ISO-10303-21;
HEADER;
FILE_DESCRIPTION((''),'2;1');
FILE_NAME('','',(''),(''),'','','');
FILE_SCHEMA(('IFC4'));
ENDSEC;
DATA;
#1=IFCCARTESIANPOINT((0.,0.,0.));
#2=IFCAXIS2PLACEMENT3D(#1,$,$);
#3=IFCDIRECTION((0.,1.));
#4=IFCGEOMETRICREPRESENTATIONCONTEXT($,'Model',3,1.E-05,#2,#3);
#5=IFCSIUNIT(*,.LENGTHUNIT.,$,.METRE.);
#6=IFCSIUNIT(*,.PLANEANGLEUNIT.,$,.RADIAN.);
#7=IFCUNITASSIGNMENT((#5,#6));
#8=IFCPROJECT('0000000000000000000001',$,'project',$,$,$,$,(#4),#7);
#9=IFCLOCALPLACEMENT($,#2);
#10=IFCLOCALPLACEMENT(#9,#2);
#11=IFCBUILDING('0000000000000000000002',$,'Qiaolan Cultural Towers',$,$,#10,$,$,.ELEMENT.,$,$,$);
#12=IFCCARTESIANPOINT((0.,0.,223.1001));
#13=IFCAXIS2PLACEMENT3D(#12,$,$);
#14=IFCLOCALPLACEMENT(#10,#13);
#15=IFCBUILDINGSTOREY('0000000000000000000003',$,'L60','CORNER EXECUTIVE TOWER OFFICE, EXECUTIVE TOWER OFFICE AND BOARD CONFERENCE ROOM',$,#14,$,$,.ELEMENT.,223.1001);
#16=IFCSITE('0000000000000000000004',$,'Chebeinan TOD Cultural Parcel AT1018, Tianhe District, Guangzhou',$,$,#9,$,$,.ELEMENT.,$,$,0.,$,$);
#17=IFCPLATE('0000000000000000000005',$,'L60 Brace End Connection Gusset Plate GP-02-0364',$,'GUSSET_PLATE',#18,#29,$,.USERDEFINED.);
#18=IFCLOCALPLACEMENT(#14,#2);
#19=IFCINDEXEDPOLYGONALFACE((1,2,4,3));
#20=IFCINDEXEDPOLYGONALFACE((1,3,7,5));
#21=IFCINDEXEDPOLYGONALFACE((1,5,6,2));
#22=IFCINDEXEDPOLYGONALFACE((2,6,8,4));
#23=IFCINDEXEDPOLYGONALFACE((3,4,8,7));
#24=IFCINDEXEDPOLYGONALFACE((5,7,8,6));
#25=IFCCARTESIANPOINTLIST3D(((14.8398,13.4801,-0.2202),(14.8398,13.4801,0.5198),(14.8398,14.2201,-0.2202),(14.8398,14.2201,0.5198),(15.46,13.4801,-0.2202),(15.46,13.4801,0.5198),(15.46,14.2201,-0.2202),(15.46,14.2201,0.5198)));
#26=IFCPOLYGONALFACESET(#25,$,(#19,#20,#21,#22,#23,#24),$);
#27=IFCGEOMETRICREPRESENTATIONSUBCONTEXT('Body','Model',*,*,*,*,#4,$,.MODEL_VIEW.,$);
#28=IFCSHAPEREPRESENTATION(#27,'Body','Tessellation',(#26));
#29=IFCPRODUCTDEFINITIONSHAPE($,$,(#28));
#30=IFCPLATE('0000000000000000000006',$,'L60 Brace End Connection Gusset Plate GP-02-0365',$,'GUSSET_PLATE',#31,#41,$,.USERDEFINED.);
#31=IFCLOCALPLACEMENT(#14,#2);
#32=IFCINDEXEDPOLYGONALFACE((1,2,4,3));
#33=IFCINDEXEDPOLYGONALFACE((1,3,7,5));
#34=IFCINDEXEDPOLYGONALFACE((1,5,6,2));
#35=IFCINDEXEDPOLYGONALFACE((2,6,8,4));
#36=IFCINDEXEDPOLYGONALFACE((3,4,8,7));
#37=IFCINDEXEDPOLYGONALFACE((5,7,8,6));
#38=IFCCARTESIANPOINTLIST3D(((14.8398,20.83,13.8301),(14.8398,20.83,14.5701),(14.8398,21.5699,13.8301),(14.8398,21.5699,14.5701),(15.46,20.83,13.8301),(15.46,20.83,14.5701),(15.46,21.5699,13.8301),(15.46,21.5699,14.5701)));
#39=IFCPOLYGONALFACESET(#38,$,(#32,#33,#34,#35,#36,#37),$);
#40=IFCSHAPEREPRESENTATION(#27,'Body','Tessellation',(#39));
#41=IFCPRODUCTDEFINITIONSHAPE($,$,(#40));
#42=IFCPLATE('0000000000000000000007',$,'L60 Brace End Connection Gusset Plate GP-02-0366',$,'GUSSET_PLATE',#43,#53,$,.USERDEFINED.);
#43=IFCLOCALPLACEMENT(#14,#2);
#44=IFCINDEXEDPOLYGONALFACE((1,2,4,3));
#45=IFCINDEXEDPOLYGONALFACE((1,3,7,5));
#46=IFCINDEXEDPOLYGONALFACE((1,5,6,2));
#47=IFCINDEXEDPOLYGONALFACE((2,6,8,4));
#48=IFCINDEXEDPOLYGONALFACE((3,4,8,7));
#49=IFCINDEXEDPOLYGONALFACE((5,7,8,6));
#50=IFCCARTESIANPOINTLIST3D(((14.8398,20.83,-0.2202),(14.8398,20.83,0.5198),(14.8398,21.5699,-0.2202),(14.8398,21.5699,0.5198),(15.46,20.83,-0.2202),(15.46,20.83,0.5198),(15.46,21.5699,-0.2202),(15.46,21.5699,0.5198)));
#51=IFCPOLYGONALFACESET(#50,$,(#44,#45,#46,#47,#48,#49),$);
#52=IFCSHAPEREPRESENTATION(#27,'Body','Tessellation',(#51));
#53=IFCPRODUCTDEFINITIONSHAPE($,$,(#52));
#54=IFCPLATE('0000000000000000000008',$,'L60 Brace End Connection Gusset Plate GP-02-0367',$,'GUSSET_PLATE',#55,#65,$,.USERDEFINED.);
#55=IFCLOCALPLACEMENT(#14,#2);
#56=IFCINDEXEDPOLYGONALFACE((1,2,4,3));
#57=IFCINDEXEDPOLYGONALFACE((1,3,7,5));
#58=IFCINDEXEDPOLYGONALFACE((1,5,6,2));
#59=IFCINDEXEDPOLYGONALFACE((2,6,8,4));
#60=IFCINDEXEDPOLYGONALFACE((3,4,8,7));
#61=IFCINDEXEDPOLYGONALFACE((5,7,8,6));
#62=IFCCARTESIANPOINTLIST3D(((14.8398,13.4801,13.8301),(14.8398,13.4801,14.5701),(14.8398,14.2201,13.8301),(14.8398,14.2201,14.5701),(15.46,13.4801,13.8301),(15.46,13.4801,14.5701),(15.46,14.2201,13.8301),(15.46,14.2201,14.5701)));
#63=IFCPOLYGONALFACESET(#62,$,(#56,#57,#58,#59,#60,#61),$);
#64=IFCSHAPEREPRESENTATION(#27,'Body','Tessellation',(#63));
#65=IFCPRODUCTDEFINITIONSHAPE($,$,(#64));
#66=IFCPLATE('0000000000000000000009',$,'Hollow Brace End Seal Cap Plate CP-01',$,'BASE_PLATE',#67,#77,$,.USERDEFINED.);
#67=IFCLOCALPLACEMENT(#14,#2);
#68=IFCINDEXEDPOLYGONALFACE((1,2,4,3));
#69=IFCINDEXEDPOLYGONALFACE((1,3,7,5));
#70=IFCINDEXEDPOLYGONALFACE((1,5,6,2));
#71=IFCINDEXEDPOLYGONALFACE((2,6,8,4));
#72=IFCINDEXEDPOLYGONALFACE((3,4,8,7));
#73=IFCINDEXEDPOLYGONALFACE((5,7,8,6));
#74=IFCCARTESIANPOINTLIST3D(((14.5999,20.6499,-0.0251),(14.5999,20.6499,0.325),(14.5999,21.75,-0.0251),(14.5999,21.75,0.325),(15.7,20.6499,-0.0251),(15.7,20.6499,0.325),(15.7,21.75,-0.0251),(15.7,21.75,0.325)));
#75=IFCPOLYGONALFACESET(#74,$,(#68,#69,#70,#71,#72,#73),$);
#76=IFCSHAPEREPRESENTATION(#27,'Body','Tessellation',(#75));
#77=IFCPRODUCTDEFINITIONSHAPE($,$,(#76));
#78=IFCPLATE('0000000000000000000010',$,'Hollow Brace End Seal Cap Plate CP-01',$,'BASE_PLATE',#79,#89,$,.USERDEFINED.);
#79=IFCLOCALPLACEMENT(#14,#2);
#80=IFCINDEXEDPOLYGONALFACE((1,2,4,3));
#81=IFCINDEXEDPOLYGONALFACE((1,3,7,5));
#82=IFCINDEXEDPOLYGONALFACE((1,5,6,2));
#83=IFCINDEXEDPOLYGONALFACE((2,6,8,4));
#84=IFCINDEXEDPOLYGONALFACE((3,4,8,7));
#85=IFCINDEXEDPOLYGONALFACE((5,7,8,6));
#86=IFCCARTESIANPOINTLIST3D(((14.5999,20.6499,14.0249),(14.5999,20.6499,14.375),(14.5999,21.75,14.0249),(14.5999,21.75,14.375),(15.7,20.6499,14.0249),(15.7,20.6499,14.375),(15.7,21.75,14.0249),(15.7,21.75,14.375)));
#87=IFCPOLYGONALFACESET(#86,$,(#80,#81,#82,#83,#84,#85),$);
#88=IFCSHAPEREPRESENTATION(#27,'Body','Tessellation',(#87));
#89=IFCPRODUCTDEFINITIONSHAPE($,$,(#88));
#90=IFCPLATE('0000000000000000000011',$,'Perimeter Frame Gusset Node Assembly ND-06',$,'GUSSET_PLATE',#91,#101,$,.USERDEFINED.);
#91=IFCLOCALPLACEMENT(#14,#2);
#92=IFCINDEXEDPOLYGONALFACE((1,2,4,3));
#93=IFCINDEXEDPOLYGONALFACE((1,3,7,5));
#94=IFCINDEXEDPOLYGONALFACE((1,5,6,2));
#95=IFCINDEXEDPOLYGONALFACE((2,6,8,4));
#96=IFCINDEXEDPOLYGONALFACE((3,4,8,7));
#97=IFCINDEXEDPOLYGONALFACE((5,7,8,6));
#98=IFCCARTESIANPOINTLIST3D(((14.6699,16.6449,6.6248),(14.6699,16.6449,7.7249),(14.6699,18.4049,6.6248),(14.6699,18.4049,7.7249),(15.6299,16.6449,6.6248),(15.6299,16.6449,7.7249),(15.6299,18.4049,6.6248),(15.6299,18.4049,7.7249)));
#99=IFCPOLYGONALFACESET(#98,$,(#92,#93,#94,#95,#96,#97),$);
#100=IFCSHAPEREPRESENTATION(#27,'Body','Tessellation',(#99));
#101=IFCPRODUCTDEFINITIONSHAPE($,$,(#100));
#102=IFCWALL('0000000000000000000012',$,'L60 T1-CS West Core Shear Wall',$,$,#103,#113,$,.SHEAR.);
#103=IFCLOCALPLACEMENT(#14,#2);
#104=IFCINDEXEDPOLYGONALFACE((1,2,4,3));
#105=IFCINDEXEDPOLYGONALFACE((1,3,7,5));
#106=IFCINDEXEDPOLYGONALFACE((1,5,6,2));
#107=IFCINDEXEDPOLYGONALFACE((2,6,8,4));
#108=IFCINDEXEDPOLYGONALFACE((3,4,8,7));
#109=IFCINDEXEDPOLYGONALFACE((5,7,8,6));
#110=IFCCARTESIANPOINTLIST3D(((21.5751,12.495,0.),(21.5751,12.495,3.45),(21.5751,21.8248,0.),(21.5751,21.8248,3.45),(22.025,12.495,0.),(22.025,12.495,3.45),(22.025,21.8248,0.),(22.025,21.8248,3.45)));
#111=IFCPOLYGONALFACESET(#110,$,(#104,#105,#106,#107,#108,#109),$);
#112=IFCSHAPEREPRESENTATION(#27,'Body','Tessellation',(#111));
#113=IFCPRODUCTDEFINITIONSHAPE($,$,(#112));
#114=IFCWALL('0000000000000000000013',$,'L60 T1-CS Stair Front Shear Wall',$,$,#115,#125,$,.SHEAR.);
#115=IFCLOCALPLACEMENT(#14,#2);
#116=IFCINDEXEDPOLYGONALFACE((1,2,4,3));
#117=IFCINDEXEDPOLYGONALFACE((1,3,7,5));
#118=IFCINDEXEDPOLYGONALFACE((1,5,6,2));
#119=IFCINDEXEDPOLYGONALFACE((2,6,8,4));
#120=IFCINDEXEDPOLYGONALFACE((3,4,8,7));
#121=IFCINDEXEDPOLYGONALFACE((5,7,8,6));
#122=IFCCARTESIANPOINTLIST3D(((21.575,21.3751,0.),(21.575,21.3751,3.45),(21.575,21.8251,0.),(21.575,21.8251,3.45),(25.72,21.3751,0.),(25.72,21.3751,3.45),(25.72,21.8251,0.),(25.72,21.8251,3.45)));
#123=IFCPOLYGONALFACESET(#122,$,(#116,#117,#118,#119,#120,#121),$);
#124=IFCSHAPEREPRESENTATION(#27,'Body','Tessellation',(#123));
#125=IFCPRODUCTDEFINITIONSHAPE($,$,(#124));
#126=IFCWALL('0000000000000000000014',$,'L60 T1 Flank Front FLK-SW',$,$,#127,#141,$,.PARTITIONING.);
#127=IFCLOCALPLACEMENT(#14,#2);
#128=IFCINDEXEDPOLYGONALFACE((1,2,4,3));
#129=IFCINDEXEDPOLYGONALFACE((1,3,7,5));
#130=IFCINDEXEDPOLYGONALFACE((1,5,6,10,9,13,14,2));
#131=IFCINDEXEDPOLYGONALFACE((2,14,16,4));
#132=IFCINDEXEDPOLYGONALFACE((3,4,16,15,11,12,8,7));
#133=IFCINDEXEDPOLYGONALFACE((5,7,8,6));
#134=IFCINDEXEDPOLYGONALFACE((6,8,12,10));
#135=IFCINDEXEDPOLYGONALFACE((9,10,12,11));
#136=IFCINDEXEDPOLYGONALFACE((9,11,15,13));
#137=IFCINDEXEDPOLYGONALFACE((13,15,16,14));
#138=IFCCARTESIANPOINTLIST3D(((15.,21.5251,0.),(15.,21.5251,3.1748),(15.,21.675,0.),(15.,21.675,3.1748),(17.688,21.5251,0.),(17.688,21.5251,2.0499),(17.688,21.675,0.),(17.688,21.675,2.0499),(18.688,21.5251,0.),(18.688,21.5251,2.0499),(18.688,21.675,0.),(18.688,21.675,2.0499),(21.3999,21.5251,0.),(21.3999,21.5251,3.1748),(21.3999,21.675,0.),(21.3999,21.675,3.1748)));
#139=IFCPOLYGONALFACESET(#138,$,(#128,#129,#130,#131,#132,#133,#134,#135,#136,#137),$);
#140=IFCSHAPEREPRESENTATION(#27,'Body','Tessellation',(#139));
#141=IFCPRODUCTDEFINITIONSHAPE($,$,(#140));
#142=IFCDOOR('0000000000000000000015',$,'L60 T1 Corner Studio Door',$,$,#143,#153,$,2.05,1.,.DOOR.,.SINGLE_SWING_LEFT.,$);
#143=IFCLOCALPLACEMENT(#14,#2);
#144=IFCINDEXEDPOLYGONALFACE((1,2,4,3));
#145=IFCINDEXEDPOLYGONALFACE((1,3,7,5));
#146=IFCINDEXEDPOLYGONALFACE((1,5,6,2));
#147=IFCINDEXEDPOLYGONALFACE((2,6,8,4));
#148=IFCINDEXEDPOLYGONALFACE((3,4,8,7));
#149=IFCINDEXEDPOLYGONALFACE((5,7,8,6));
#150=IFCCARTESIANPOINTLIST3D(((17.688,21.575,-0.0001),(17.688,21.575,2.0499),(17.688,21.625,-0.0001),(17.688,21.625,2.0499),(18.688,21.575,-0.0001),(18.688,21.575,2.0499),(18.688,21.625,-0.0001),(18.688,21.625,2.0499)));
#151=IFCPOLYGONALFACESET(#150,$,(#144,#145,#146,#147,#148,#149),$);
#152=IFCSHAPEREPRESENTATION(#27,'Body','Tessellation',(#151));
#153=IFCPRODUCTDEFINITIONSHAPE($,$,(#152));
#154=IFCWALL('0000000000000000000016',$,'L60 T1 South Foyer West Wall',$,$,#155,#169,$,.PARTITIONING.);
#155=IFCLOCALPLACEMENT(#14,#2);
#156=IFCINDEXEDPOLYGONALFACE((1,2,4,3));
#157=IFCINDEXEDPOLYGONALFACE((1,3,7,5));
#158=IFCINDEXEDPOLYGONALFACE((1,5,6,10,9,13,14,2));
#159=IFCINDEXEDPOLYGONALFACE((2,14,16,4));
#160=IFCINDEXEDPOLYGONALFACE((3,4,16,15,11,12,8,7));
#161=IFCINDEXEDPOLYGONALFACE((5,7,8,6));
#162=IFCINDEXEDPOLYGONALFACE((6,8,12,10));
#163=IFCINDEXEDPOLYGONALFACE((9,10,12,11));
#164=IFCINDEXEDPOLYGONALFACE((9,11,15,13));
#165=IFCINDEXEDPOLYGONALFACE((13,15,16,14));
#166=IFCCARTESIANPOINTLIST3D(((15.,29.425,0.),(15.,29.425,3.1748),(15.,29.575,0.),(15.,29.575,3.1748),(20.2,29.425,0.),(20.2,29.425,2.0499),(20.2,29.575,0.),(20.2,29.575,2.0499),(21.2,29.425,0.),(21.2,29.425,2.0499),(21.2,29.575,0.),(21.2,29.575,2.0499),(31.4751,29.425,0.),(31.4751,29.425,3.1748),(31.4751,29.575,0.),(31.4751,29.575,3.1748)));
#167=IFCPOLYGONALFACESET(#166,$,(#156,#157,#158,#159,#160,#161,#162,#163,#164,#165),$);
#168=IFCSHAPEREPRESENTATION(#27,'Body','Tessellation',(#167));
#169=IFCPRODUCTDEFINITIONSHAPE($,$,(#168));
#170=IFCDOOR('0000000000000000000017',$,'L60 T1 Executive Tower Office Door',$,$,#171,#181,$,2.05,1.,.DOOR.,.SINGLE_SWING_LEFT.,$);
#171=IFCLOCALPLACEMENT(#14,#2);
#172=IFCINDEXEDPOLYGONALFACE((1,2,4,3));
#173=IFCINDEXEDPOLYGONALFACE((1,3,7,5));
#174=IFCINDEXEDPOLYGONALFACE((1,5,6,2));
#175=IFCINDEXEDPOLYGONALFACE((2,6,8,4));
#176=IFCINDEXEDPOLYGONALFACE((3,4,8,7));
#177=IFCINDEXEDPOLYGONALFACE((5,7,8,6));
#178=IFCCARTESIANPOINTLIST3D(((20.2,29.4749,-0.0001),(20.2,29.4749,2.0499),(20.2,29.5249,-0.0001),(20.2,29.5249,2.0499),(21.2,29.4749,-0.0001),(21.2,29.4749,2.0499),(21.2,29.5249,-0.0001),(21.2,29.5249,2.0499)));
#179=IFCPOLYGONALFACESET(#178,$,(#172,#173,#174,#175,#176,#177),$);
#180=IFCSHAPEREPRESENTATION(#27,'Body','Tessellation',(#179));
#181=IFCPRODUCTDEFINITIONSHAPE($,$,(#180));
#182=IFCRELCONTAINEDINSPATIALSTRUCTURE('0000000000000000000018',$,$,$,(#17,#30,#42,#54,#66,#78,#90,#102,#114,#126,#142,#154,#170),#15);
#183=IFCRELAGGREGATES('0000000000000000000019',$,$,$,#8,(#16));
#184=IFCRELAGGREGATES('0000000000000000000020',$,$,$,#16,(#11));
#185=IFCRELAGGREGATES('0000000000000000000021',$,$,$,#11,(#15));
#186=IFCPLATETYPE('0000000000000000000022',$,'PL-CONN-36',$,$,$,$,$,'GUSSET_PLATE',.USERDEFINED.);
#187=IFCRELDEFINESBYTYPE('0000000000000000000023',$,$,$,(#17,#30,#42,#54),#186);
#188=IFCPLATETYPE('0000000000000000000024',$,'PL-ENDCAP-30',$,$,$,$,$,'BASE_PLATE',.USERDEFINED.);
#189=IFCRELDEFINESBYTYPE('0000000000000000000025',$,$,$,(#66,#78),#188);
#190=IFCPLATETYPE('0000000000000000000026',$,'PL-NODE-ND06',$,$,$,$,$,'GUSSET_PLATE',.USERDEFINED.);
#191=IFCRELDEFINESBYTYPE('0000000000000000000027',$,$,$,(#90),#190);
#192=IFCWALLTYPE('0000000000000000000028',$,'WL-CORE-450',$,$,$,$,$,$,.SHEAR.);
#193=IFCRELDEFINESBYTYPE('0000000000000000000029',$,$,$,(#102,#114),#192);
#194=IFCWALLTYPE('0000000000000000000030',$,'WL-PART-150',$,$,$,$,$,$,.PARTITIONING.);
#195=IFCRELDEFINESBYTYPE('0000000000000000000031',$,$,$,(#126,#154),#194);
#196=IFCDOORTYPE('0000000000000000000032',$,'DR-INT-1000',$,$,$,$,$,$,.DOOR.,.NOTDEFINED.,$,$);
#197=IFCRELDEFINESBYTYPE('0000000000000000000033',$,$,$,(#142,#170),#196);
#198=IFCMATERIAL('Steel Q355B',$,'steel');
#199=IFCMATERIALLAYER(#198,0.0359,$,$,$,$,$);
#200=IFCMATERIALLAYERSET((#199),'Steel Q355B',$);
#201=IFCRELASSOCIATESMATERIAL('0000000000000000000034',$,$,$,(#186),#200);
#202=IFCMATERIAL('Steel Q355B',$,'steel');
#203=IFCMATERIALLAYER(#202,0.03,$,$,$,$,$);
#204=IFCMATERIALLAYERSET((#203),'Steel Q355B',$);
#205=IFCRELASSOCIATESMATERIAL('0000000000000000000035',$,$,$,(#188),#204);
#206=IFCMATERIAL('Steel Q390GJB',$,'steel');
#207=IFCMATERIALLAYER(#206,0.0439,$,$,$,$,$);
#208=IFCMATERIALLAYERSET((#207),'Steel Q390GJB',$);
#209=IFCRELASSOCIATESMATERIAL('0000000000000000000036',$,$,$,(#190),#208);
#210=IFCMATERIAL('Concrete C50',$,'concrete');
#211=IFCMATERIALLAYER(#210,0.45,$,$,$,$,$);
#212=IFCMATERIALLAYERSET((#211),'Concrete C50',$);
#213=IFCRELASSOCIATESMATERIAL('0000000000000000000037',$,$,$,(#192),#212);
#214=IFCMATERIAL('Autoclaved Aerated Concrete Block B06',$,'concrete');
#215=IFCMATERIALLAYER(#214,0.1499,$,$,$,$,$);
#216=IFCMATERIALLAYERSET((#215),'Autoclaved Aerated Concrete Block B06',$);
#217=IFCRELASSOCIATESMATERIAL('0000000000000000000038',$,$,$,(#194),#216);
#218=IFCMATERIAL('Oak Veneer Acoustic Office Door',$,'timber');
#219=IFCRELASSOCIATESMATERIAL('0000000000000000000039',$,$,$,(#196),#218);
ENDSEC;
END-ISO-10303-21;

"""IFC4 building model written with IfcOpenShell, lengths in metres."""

from ifc_helpers import new_model, si_unit, direction, frame, frame_2d, origin, origin_2d, place, context, subcontext, project, spatial, rectangle, extrude, material, layer, layer_set, type_object, element, fill, save


model = new_model("IFC4")

# Units and contexts
model_context = context("Model", 3, precision=1e-05, world=origin(), true_north=direction((0.0, 1.0)))
body_context = subcontext(model_context, "Body", "Model", "MODEL_VIEW")
ifc_project = project(units=[si_unit("LENGTHUNIT", "METRE"), si_unit("PLANEANGLEUNIT", "RADIAN")], contexts=[model_context])

# Site, building, storey
site_placement = place(None, origin())
site = spatial("IfcSite", under=ifc_project, at=site_placement, Name="Chebeinan TOD Cultural Parcel AT1018, Tianhe District, Guangzhou", CompositionType="ELEMENT", RefElevation=0.0)
building_placement = place(site_placement, origin())
building = spatial("IfcBuilding", under=site, at=building_placement, Name="Qiaolan Cultural Towers", CompositionType="ELEMENT")
storey_placement = place(building_placement, frame((0.0, 0.0, 223.1001)))
storey = spatial("IfcBuildingStorey", under=building, at=storey_placement, Name="L60", Description="CORNER EXECUTIVE TOWER OFFICE, EXECUTIVE TOWER OFFICE AND BOARD CONFERENCE ROOM", CompositionType="ELEMENT", Elevation=223.1001)

# Plates
ifc_material_1 = material(Name="Steel Q355B", Category="steel")
ifc_layer_1 = layer(ifc_material_1, 0.0359)
ifc_layer_set_1 = layer_set([ifc_layer_1], Name="Steel Q355B")
plate_type_1 = type_object("IfcPlateType", Name="PL-CONN-36", ElementType="GUSSET_PLATE", PredefinedType="USERDEFINED", material=ifc_layer_set_1)
for number, where, z_axis, x_axis, name in (
    (1, (15.1499, 13.8501, -0.2202), (0.0, 0.0, 1.0), (0.0, 1.0, 0.0), "L60 Brace End Connection Gusset Plate GP-02-0364"),
    (2, (15.1499, 21.2, 13.8301), (0.0, 0.0, 1.0), (0.0, 1.0, 0.0), "L60 Brace End Connection Gusset Plate GP-02-0365"),
    (3, (15.1499, 21.2, -0.2202), (0.0, 0.0, 1.0), (0.0, 1.0, 0.0), "L60 Brace End Connection Gusset Plate GP-02-0366"),
    (4, (15.1499, 13.8501, 13.8301), (0.0, 0.0, 1.0), (0.0, 1.0, 0.0), "L60 Brace End Connection Gusset Plate GP-02-0367"),
):
    element("IfcPlate", number, at=place(storey_placement, frame(where, z_axis=z_axis, x_axis=x_axis)), inside=storey, type_object=plate_type_1, Name=name, ObjectType="GUSSET_PLATE", PredefinedType="USERDEFINED", context=body_context, shape_type="SweptSolid", body=[
        extrude(rectangle(XDim=0.74, YDim=0.6201, at=origin_2d()), origin(), (0.0, 0.0, 1.0), 0.74),
    ])
ifc_material_2 = material(Name="Steel Q355B", Category="steel")
ifc_layer_2 = layer(ifc_material_2, 0.03)
ifc_layer_set_2 = layer_set([ifc_layer_2], Name="Steel Q355B")
plate_type_2 = type_object("IfcPlateType", Name="PL-ENDCAP-30", ElementType="BASE_PLATE", PredefinedType="USERDEFINED", material=ifc_layer_set_2)
for number, where, z_axis, x_axis, name in (
    (5, (15.1499, 21.2, -0.0251), (0.0, 0.0, 1.0), (0.0, 1.0, 0.0), "Hollow Brace End Seal Cap Plate CP-01"),
    (6, (15.1499, 21.2, 14.0249), (0.0, 0.0, 1.0), (0.0, 1.0, 0.0), "Hollow Brace End Seal Cap Plate CP-01"),
):
    element("IfcPlate", number, at=place(storey_placement, frame(where, z_axis=z_axis, x_axis=x_axis)), inside=storey, type_object=plate_type_2, Name=name, ObjectType="BASE_PLATE", PredefinedType="USERDEFINED", context=body_context, shape_type="SweptSolid", body=[
        extrude(rectangle(XDim=1.1001, YDim=1.1001, at=origin_2d()), origin(), (0.0, 0.0, 1.0), 0.3501),
    ])
ifc_material_3 = material(Name="Steel Q390GJB", Category="steel")
ifc_layer_3 = layer(ifc_material_3, 0.0439)
ifc_layer_set_3 = layer_set([ifc_layer_3], Name="Steel Q390GJB")
plate_type_3 = type_object("IfcPlateType", Name="PL-NODE-ND06", ElementType="GUSSET_PLATE", PredefinedType="USERDEFINED", material=ifc_layer_set_3)
plate_placement = place(storey_placement, frame((15.1499, 17.5249, 6.6248), z_axis=(0.0, 0.0, 1.0), x_axis=(0.0, 1.0, 0.0)))
element("IfcPlate", 7, at=plate_placement, inside=storey, type_object=plate_type_3, Name="Perimeter Frame Gusset Node Assembly ND-06", ObjectType="GUSSET_PLATE", PredefinedType="USERDEFINED", context=body_context, shape_type="SweptSolid", body=[
    extrude(rectangle(XDim=1.76, YDim=0.96, at=origin_2d()), origin(), (0.0, 0.0, 1.0), 1.1001),
])

# Walls
ifc_material_4 = material(Name="Concrete C50", Category="concrete")
ifc_layer_4 = layer(ifc_material_4, 0.45)
ifc_layer_set_4 = layer_set([ifc_layer_4], Name="Concrete C50")
wall_type_1 = type_object("IfcWallType", Name="WL-CORE-450", PredefinedType="SHEAR", material=ifc_layer_set_4)
wall_1_placement = place(storey_placement, frame((21.8, 21.825, 0.0), z_axis=(0.0, 0.0, 1.0), x_axis=(0.0, -1.0, 0.0)))
element("IfcWall", 8, at=wall_1_placement, inside=storey, type_object=wall_type_1, Name="L60 T1-CS West Core Shear Wall", PredefinedType="SHEAR", context=body_context, shape_type="SweptSolid", body=[
    extrude(rectangle(XDim=9.3298, YDim=0.45, at=frame_2d((4.665, 0.0))), origin(), (0.0, 0.0, 1.0), 3.45),
])
wall_2_placement = place(storey_placement, frame((21.575, 21.6001, 0.0), z_axis=(0.0, 0.0, 1.0), x_axis=(1.0, 0.0, 0.0)))
element("IfcWall", 9, at=wall_2_placement, inside=storey, type_object=wall_type_1, Name="L60 T1-CS Stair Front Shear Wall", PredefinedType="SHEAR", context=body_context, shape_type="SweptSolid", body=[
    extrude(rectangle(XDim=4.145, YDim=0.45, at=frame_2d((2.0725, 0.0))), origin(), (0.0, 0.0, 1.0), 3.45),
])

# Walls, openings, doors
ifc_material_5 = material(Name="Autoclaved Aerated Concrete Block B06", Category="concrete")
ifc_layer_5 = layer(ifc_material_5, 0.1499)
ifc_layer_set_5 = layer_set([ifc_layer_5], Name="Autoclaved Aerated Concrete Block B06")
wall_type_2 = type_object("IfcWallType", Name="WL-PART-150", PredefinedType="PARTITIONING", material=ifc_layer_set_5)
wall_3_placement = place(storey_placement, frame((15.0, 21.6001, 0.0), z_axis=(0.0, 0.0, 1.0), x_axis=(1.0, 0.0, 0.0)))
wall_3 = element("IfcWall", 10, at=wall_3_placement, inside=storey, type_object=wall_type_2, Name="L60 T1 Flank Front FLK-SW", PredefinedType="PARTITIONING", context=body_context, shape_type="SweptSolid", body=[
    extrude(rectangle(XDim=6.3999, YDim=0.1499, at=frame_2d((3.2, 0.0))), origin(), (0.0, 0.0, 1.0), 3.1748),
])
opening_1_placement = place(wall_3_placement, frame((2.688, 0.0, 0.0)))
opening_1 = element("IfcOpeningElement", 11, at=opening_1_placement, cuts=wall_3, PredefinedType="OPENING", context=body_context, shape_type="SweptSolid", body=[
    extrude(rectangle(XDim=1.0, YDim=2.05, at=frame_2d((0.5, 1.0249))), frame((0.0, 0.085, 0.0), z_axis=(0.0, -1.0, 0.0), x_axis=(1.0, 0.0, 0.0)), (0.0, 0.0, 1.0), 0.1699),
])
ifc_material_6 = material(Name="Oak Veneer Acoustic Office Door", Category="timber")
door_type = type_object("IfcDoorType", Name="DR-INT-1000", OperationType="NOTDEFINED", PredefinedType="DOOR", material=ifc_material_6)
door_1_placement = place(opening_1_placement, origin())
door_1 = element("IfcDoor", 12, at=door_1_placement, inside=storey, type_object=door_type, Name="L60 T1 Corner Studio Door", OperationType="SINGLE_SWING_LEFT", OverallHeight=2.05, OverallWidth=1.0, PredefinedType="DOOR", context=body_context, shape_type="SweptSolid", body=[
    extrude(rectangle(XDim=1.0, YDim=2.05, at=frame_2d((0.5, 1.0249))), frame((0.0, 0.0249, 0.0), z_axis=(0.0, -1.0, 0.0), x_axis=(1.0, 0.0, 0.0)), (0.0, 0.0, 1.0), 0.05),
])
fill(opening_1, door_1)
wall_4_placement = place(storey_placement, frame((15.0, 29.5, 0.0), z_axis=(0.0, 0.0, 1.0), x_axis=(1.0, 0.0, 0.0)))
wall_4 = element("IfcWall", 13, at=wall_4_placement, inside=storey, type_object=wall_type_2, Name="L60 T1 South Foyer West Wall", PredefinedType="PARTITIONING", context=body_context, shape_type="SweptSolid", body=[
    extrude(rectangle(XDim=16.4751, YDim=0.1499, at=frame_2d((8.2375, 0.0))), origin(), (0.0, 0.0, 1.0), 3.1748),
])
opening_2_placement = place(wall_4_placement, frame((5.2, 0.0, 0.0)))
opening_2 = element("IfcOpeningElement", 14, at=opening_2_placement, cuts=wall_4, PredefinedType="OPENING", context=body_context, shape_type="SweptSolid", body=[
    extrude(rectangle(XDim=1.0, YDim=2.05, at=frame_2d((0.5, 1.0249))), frame((0.0, 0.085, 0.0), z_axis=(0.0, -1.0, 0.0), x_axis=(1.0, 0.0, 0.0)), (0.0, 0.0, 1.0), 0.1699),
])
door_2_placement = place(opening_2_placement, origin())
door_2 = element("IfcDoor", 15, at=door_2_placement, inside=storey, type_object=door_type, Name="L60 T1 Executive Tower Office Door", OperationType="SINGLE_SWING_LEFT", OverallHeight=2.05, OverallWidth=1.0, PredefinedType="DOOR", context=body_context, shape_type="SweptSolid", body=[
    extrude(rectangle(XDim=1.0, YDim=2.05, at=frame_2d((0.5, 1.0249))), frame((0.0, 0.0249, 0.0), z_axis=(0.0, -1.0, 0.0), x_axis=(1.0, 0.0, 0.0)), (0.0, 0.0, 1.0), 0.05),
])
fill(opening_2, door_2)

save(model, "model.ifc")
